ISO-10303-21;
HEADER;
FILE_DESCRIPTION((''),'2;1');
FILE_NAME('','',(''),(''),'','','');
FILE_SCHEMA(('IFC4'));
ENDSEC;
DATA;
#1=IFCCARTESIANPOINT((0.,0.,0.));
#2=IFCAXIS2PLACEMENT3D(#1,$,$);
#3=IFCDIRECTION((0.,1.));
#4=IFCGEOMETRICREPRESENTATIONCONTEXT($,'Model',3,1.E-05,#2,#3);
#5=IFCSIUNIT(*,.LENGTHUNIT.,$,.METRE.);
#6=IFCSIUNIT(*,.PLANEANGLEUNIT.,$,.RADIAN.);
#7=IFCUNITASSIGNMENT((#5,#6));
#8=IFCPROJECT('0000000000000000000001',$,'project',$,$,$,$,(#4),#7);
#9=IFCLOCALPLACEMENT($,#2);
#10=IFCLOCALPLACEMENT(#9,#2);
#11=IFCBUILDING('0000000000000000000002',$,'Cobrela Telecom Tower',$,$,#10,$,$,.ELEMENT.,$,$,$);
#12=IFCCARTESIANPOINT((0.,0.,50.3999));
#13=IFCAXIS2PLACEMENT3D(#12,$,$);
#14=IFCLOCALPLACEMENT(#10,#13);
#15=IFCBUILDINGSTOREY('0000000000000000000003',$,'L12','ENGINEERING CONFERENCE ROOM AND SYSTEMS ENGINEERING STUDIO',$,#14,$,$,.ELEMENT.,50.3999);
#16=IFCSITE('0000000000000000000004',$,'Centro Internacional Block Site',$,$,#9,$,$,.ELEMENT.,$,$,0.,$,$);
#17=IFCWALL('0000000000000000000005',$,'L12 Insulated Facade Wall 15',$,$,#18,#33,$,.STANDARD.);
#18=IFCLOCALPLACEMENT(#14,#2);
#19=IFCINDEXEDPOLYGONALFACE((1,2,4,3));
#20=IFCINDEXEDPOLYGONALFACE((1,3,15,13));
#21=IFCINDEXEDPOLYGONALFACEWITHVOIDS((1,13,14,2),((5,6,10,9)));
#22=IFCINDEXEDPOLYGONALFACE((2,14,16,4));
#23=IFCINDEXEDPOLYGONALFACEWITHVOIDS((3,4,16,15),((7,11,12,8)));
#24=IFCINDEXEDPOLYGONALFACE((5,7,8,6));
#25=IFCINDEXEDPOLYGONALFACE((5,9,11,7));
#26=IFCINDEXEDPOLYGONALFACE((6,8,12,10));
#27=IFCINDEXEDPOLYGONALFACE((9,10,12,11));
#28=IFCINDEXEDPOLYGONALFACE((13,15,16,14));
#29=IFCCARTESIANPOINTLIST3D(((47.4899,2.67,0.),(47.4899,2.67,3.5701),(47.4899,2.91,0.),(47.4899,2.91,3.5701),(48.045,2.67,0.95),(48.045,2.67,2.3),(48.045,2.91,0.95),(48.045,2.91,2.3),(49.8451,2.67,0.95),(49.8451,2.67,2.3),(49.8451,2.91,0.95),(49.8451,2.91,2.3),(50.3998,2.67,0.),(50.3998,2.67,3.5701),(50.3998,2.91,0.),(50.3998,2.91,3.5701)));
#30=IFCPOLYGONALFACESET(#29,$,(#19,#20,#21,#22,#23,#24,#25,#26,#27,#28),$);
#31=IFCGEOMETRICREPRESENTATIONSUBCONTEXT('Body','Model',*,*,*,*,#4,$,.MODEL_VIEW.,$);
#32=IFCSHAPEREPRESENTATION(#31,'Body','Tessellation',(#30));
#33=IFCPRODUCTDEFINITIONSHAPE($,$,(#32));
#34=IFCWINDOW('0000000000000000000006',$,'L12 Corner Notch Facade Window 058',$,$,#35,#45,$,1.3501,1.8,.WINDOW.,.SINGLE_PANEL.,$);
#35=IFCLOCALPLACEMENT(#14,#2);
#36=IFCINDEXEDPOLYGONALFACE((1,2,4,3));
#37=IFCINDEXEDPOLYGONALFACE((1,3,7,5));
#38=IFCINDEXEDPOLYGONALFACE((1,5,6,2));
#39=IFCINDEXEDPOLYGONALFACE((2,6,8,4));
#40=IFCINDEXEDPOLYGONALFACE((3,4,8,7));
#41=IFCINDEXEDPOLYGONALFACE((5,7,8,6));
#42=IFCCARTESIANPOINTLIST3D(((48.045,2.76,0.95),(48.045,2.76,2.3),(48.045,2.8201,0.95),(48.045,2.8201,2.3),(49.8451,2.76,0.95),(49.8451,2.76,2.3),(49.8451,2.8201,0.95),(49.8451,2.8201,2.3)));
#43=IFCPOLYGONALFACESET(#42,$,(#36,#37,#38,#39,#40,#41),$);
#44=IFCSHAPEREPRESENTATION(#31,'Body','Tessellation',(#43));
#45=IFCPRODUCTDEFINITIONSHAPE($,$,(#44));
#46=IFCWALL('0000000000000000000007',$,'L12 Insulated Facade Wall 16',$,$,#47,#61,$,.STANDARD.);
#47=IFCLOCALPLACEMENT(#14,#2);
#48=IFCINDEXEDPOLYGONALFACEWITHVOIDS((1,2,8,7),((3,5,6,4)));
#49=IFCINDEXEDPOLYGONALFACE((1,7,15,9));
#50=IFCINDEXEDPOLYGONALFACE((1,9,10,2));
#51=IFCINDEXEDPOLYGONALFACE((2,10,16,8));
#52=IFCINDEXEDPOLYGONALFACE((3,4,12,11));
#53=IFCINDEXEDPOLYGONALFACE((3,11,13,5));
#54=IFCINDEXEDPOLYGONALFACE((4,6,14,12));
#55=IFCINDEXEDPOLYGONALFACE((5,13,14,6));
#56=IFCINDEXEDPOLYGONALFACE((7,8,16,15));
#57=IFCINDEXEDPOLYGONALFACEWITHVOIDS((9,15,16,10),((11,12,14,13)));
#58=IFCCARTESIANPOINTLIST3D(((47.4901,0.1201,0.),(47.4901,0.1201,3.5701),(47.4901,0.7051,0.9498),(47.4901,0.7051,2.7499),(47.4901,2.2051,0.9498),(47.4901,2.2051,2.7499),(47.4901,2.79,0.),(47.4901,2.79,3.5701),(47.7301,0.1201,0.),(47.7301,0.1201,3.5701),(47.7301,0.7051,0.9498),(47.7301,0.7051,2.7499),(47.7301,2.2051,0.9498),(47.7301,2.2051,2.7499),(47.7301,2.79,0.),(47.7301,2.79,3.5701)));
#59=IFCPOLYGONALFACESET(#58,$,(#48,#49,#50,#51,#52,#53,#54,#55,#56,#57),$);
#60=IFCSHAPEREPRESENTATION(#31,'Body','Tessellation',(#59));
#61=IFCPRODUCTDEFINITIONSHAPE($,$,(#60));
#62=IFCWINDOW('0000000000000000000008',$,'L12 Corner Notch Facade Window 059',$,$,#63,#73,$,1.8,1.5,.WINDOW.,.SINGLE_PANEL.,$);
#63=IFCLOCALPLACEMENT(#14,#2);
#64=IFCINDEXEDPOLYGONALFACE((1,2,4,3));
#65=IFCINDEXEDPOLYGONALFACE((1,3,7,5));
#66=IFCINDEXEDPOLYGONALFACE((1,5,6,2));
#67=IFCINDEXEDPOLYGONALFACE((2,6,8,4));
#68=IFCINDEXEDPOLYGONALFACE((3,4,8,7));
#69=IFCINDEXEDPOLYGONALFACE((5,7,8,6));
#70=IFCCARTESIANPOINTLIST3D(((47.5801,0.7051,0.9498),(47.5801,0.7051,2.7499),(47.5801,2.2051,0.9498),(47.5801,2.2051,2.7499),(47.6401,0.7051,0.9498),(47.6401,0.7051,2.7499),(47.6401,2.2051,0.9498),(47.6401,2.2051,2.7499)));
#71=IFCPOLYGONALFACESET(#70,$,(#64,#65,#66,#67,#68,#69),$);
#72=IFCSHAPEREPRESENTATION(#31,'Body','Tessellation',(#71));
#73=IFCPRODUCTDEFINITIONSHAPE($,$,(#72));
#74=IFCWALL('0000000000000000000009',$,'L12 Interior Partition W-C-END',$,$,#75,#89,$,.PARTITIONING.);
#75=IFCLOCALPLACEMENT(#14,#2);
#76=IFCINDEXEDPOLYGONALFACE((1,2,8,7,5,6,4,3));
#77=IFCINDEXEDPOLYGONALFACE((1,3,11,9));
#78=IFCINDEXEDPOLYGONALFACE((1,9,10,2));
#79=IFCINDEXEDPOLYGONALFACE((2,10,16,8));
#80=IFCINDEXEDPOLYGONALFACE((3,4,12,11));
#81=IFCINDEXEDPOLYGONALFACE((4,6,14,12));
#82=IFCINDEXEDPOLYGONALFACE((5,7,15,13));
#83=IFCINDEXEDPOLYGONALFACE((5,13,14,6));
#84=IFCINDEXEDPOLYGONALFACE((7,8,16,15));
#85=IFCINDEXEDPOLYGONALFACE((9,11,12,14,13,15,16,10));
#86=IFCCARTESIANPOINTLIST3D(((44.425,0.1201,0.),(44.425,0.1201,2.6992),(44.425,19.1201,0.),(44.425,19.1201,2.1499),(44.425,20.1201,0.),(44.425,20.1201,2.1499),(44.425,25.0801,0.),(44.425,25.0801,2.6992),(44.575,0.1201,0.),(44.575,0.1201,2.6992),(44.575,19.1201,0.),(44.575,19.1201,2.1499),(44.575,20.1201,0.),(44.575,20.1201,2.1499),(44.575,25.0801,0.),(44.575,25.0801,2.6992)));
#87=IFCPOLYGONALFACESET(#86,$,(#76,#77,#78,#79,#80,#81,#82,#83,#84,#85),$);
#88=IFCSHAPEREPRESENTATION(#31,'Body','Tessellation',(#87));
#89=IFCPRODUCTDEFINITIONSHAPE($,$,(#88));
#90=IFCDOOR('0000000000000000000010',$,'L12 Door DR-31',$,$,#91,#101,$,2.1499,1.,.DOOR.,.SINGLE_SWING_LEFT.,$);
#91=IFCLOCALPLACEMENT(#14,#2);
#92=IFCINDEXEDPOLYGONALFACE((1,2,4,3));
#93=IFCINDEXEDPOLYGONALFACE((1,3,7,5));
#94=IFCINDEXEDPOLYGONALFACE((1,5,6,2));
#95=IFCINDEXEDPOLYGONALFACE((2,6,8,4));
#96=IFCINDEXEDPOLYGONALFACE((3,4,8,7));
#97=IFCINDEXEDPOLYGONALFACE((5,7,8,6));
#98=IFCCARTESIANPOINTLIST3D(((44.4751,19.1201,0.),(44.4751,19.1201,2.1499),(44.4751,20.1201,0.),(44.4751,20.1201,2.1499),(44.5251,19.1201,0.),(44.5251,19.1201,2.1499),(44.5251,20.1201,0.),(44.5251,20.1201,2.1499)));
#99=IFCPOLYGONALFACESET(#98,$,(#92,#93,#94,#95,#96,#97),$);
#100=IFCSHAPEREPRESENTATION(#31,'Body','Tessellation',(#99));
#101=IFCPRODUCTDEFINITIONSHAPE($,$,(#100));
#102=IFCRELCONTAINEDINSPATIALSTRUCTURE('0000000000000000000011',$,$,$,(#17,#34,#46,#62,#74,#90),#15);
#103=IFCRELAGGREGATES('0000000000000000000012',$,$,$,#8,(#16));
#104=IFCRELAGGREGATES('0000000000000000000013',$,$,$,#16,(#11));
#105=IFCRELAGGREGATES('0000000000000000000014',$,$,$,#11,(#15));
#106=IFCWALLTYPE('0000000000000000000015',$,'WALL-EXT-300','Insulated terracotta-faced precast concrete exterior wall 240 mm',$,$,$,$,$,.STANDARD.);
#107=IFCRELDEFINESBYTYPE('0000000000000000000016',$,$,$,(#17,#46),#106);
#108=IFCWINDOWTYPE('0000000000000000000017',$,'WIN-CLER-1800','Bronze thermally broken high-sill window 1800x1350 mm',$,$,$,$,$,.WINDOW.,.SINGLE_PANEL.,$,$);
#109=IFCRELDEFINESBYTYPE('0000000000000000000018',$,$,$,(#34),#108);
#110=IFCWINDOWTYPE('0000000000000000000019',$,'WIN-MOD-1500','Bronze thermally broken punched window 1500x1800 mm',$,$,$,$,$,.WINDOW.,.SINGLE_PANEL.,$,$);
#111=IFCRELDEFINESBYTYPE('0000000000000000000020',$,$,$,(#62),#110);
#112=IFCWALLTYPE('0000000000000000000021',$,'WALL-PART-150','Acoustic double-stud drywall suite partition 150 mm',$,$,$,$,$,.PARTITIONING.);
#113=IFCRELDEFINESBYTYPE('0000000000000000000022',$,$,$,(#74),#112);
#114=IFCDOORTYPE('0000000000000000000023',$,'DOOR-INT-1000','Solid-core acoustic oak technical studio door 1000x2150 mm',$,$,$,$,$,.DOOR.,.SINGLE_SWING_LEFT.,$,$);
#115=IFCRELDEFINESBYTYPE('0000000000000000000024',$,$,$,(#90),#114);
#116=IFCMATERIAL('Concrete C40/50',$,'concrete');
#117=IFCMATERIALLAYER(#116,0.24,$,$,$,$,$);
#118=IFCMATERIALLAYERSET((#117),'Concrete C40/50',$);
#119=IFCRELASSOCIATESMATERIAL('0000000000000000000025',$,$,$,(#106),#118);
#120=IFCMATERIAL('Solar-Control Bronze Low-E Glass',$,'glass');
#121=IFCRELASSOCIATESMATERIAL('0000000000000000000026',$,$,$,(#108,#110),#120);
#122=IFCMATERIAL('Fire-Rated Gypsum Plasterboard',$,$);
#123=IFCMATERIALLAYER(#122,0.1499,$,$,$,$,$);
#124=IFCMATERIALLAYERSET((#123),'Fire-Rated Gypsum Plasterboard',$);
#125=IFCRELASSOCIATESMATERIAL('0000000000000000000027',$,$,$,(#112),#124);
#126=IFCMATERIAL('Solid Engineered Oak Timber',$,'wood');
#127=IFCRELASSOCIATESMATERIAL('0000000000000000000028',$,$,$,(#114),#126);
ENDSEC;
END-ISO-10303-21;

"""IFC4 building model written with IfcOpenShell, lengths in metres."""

from ifc_helpers import new_model, si_unit, direction, frame, frame_2d, origin, place, context, subcontext, project, spatial, rectangle, extrude, material, layer, layer_set, type_object, element, fill, save


model = new_model("IFC4")

# Units and contexts
model_context = context("Model", 3, precision=1e-05, world=origin(), true_north=direction((0.0, 1.0)))
body_context = subcontext(model_context, "Body", "Model", "MODEL_VIEW")
ifc_project = project(units=[si_unit("LENGTHUNIT", "METRE"), si_unit("PLANEANGLEUNIT", "RADIAN")], contexts=[model_context])

# Site, building, storey
site_placement = place(None, origin())
site = spatial("IfcSite", under=ifc_project, at=site_placement, Name="Centro Internacional Block Site", CompositionType="ELEMENT", RefElevation=0.0)
building_placement = place(site_placement, origin())
building = spatial("IfcBuilding", under=site, at=building_placement, Name="Cobrela Telecom Tower", CompositionType="ELEMENT")
storey_placement = place(building_placement, frame((0.0, 0.0, 50.3999)))
storey = spatial("IfcBuildingStorey", under=building, at=storey_placement, Name="L12", Description="ENGINEERING CONFERENCE ROOM AND SYSTEMS ENGINEERING STUDIO", CompositionType="ELEMENT", Elevation=50.3999)

# Shared definitions
ifc_material_1 = material(Name="Solar-Control Bronze Low-E Glass", Category="glass")

# Walls, openings, windows
ifc_material_2 = material(Name="Concrete C40/50", Category="concrete")
ifc_layer_1 = layer(ifc_material_2, 0.24)
ifc_layer_set_1 = layer_set([ifc_layer_1], Name="Concrete C40/50")
wall_type_1 = type_object("IfcWallType", Name="WALL-EXT-300", Description="Insulated terracotta-faced precast concrete exterior wall 240 mm", PredefinedType="STANDARD", material=ifc_layer_set_1)
wall_1_placement = place(storey_placement, frame((50.3999, 2.79, 0.0), z_axis=(0.0, 0.0, 1.0), x_axis=(-1.0, 0.0, 0.0)))
wall_1 = element("IfcWall", 1, at=wall_1_placement, inside=storey, type_object=wall_type_1, Name="L12 Insulated Facade Wall 15", PredefinedType="STANDARD", context=body_context, shape_type="SweptSolid", body=[
    extrude(rectangle(XDim=2.9099, YDim=0.24, at=frame_2d((1.4551, 0.0))), origin(), (0.0, 0.0, 1.0), 3.5701),
])
opening_1_placement = place(wall_1_placement, frame((0.5549, 0.0, 0.95)))
opening_1 = element("IfcOpeningElement", 2, at=opening_1_placement, cuts=wall_1, PredefinedType="OPENING", context=body_context, shape_type="SweptSolid", body=[
    extrude(rectangle(XDim=1.8, YDim=1.3501, at=frame_2d((0.8999, 0.675))), frame((0.0, 0.1318, 0.0), z_axis=(0.0, -1.0, 0.0), x_axis=(1.0, 0.0, 0.0)), (0.0, 0.0, 1.0), 0.2639),
])
window_type_1 = type_object("IfcWindowType", Name="WIN-CLER-1800", Description="Bronze thermally broken high-sill window 1800x1350 mm", PartitioningType="SINGLE_PANEL", PredefinedType="WINDOW", material=ifc_material_1)
window_1_placement = place(opening_1_placement, origin())
window_1 = element("IfcWindow", 3, at=window_1_placement, inside=storey, type_object=window_type_1, Name="L12 Corner Notch Facade Window 058", OverallHeight=1.3501, OverallWidth=1.8, PartitioningType="SINGLE_PANEL", PredefinedType="WINDOW", context=body_context, shape_type="SweptSolid", body=[
    extrude(rectangle(XDim=1.8, YDim=1.3501, at=frame_2d((0.8999, 0.675))), frame((0.0, 0.03, 0.0), z_axis=(0.0, -1.0, 0.0), x_axis=(1.0, 0.0, 0.0)), (0.0, 0.0, 1.0), 0.0601),
])
fill(opening_1, window_1)
wall_2_placement = place(storey_placement, frame((47.6101, 2.79, 0.0), z_axis=(0.0, 0.0, 1.0), x_axis=(0.0, -1.0, 0.0)))
wall_2 = element("IfcWall", 4, at=wall_2_placement, inside=storey, type_object=wall_type_1, Name="L12 Insulated Facade Wall 16", PredefinedType="STANDARD", context=body_context, shape_type="SweptSolid", body=[
    extrude(rectangle(XDim=2.6699, YDim=0.24, at=frame_2d((1.335, 0.0))), origin(), (0.0, 0.0, 1.0), 3.5701),
])
opening_2_placement = place(wall_2_placement, frame((0.585, 0.0, 0.95)))
opening_2 = element("IfcOpeningElement", 5, at=opening_2_placement, cuts=wall_2, PredefinedType="OPENING", context=body_context, shape_type="SweptSolid", body=[
    extrude(rectangle(XDim=1.5, YDim=1.8, at=frame_2d((0.75, 0.8999))), frame((0.0, 0.1318, 0.0), z_axis=(0.0, -1.0, 0.0), x_axis=(1.0, 0.0, 0.0)), (0.0, 0.0, 1.0), 0.2639),
])
window_type_2 = type_object("IfcWindowType", Name="WIN-MOD-1500", Description="Bronze thermally broken punched window 1500x1800 mm", PartitioningType="SINGLE_PANEL", PredefinedType="WINDOW", material=ifc_material_1)
window_2_placement = place(opening_2_placement, origin())
window_2 = element("IfcWindow", 6, at=window_2_placement, inside=storey, type_object=window_type_2, Name="L12 Corner Notch Facade Window 059", OverallHeight=1.8, OverallWidth=1.5, PartitioningType="SINGLE_PANEL", PredefinedType="WINDOW", context=body_context, shape_type="SweptSolid", body=[
    extrude(rectangle(XDim=1.5, YDim=1.8, at=frame_2d((0.75, 0.8999))), frame((0.0, 0.03, 0.0), z_axis=(0.0, -1.0, 0.0), x_axis=(1.0, 0.0, 0.0)), (0.0, 0.0, 1.0), 0.0601),
])
fill(opening_2, window_2)

# Wall, opening, door
ifc_material_3 = material(Name="Fire-Rated Gypsum Plasterboard")
ifc_layer_2 = layer(ifc_material_3, 0.1499)
ifc_layer_set_2 = layer_set([ifc_layer_2], Name="Fire-Rated Gypsum Plasterboard")
wall_type_2 = type_object("IfcWallType", Name="WALL-PART-150", Description="Acoustic double-stud drywall suite partition 150 mm", PredefinedType="PARTITIONING", material=ifc_layer_set_2)
wall_3_placement = place(storey_placement, frame((44.5, 0.1201, 0.0), z_axis=(0.0, 0.0, 1.0), x_axis=(0.0, 1.0, 0.0)))
wall_3 = element("IfcWall", 7, at=wall_3_placement, inside=storey, type_object=wall_type_2, Name="L12 Interior Partition W-C-END", PredefinedType="PARTITIONING", context=body_context, shape_type="SweptSolid", body=[
    extrude(rectangle(XDim=24.96, YDim=0.1499, at=frame_2d((12.48, 0.0))), origin(), (0.0, 0.0, 1.0), 2.6992),
])
opening_3_placement = place(wall_3_placement, frame((19.0, 0.0, 0.0)))
opening_3 = element("IfcOpeningElement", 8, at=opening_3_placement, cuts=wall_3, PredefinedType="OPENING", context=body_context, shape_type="SweptSolid", body=[
    extrude(rectangle(XDim=1.0, YDim=2.1499, at=frame_2d((0.5, 1.075))), frame((0.0, 0.0869, 0.0), z_axis=(0.0, -1.0, 0.0), x_axis=(1.0, 0.0, 0.0)), (0.0, 0.0, 1.0), 0.1738),
])
ifc_material_4 = material(Name="Solid Engineered Oak Timber", Category="wood")
door_type = type_object("IfcDoorType", Name="DOOR-INT-1000", Description="Solid-core acoustic oak technical studio door 1000x2150 mm", OperationType="SINGLE_SWING_LEFT", PredefinedType="DOOR", material=ifc_material_4)
door_placement = place(opening_3_placement, origin())
door = element("IfcDoor", 9, at=door_placement, inside=storey, type_object=door_type, Name="L12 Door DR-31", OperationType="SINGLE_SWING_LEFT", OverallHeight=2.1499, OverallWidth=1.0, PredefinedType="DOOR", context=body_context, shape_type="SweptSolid", body=[
    extrude(rectangle(XDim=1.0, YDim=2.1499, at=frame_2d((0.5, 1.075))), frame((0.0, 0.0249, 0.0), z_axis=(0.0, -1.0, 0.0), x_axis=(1.0, 0.0, 0.0)), (0.0, 0.0, 1.0), 0.05),
])
fill(opening_3, door)

save(model, "model.ifc")
